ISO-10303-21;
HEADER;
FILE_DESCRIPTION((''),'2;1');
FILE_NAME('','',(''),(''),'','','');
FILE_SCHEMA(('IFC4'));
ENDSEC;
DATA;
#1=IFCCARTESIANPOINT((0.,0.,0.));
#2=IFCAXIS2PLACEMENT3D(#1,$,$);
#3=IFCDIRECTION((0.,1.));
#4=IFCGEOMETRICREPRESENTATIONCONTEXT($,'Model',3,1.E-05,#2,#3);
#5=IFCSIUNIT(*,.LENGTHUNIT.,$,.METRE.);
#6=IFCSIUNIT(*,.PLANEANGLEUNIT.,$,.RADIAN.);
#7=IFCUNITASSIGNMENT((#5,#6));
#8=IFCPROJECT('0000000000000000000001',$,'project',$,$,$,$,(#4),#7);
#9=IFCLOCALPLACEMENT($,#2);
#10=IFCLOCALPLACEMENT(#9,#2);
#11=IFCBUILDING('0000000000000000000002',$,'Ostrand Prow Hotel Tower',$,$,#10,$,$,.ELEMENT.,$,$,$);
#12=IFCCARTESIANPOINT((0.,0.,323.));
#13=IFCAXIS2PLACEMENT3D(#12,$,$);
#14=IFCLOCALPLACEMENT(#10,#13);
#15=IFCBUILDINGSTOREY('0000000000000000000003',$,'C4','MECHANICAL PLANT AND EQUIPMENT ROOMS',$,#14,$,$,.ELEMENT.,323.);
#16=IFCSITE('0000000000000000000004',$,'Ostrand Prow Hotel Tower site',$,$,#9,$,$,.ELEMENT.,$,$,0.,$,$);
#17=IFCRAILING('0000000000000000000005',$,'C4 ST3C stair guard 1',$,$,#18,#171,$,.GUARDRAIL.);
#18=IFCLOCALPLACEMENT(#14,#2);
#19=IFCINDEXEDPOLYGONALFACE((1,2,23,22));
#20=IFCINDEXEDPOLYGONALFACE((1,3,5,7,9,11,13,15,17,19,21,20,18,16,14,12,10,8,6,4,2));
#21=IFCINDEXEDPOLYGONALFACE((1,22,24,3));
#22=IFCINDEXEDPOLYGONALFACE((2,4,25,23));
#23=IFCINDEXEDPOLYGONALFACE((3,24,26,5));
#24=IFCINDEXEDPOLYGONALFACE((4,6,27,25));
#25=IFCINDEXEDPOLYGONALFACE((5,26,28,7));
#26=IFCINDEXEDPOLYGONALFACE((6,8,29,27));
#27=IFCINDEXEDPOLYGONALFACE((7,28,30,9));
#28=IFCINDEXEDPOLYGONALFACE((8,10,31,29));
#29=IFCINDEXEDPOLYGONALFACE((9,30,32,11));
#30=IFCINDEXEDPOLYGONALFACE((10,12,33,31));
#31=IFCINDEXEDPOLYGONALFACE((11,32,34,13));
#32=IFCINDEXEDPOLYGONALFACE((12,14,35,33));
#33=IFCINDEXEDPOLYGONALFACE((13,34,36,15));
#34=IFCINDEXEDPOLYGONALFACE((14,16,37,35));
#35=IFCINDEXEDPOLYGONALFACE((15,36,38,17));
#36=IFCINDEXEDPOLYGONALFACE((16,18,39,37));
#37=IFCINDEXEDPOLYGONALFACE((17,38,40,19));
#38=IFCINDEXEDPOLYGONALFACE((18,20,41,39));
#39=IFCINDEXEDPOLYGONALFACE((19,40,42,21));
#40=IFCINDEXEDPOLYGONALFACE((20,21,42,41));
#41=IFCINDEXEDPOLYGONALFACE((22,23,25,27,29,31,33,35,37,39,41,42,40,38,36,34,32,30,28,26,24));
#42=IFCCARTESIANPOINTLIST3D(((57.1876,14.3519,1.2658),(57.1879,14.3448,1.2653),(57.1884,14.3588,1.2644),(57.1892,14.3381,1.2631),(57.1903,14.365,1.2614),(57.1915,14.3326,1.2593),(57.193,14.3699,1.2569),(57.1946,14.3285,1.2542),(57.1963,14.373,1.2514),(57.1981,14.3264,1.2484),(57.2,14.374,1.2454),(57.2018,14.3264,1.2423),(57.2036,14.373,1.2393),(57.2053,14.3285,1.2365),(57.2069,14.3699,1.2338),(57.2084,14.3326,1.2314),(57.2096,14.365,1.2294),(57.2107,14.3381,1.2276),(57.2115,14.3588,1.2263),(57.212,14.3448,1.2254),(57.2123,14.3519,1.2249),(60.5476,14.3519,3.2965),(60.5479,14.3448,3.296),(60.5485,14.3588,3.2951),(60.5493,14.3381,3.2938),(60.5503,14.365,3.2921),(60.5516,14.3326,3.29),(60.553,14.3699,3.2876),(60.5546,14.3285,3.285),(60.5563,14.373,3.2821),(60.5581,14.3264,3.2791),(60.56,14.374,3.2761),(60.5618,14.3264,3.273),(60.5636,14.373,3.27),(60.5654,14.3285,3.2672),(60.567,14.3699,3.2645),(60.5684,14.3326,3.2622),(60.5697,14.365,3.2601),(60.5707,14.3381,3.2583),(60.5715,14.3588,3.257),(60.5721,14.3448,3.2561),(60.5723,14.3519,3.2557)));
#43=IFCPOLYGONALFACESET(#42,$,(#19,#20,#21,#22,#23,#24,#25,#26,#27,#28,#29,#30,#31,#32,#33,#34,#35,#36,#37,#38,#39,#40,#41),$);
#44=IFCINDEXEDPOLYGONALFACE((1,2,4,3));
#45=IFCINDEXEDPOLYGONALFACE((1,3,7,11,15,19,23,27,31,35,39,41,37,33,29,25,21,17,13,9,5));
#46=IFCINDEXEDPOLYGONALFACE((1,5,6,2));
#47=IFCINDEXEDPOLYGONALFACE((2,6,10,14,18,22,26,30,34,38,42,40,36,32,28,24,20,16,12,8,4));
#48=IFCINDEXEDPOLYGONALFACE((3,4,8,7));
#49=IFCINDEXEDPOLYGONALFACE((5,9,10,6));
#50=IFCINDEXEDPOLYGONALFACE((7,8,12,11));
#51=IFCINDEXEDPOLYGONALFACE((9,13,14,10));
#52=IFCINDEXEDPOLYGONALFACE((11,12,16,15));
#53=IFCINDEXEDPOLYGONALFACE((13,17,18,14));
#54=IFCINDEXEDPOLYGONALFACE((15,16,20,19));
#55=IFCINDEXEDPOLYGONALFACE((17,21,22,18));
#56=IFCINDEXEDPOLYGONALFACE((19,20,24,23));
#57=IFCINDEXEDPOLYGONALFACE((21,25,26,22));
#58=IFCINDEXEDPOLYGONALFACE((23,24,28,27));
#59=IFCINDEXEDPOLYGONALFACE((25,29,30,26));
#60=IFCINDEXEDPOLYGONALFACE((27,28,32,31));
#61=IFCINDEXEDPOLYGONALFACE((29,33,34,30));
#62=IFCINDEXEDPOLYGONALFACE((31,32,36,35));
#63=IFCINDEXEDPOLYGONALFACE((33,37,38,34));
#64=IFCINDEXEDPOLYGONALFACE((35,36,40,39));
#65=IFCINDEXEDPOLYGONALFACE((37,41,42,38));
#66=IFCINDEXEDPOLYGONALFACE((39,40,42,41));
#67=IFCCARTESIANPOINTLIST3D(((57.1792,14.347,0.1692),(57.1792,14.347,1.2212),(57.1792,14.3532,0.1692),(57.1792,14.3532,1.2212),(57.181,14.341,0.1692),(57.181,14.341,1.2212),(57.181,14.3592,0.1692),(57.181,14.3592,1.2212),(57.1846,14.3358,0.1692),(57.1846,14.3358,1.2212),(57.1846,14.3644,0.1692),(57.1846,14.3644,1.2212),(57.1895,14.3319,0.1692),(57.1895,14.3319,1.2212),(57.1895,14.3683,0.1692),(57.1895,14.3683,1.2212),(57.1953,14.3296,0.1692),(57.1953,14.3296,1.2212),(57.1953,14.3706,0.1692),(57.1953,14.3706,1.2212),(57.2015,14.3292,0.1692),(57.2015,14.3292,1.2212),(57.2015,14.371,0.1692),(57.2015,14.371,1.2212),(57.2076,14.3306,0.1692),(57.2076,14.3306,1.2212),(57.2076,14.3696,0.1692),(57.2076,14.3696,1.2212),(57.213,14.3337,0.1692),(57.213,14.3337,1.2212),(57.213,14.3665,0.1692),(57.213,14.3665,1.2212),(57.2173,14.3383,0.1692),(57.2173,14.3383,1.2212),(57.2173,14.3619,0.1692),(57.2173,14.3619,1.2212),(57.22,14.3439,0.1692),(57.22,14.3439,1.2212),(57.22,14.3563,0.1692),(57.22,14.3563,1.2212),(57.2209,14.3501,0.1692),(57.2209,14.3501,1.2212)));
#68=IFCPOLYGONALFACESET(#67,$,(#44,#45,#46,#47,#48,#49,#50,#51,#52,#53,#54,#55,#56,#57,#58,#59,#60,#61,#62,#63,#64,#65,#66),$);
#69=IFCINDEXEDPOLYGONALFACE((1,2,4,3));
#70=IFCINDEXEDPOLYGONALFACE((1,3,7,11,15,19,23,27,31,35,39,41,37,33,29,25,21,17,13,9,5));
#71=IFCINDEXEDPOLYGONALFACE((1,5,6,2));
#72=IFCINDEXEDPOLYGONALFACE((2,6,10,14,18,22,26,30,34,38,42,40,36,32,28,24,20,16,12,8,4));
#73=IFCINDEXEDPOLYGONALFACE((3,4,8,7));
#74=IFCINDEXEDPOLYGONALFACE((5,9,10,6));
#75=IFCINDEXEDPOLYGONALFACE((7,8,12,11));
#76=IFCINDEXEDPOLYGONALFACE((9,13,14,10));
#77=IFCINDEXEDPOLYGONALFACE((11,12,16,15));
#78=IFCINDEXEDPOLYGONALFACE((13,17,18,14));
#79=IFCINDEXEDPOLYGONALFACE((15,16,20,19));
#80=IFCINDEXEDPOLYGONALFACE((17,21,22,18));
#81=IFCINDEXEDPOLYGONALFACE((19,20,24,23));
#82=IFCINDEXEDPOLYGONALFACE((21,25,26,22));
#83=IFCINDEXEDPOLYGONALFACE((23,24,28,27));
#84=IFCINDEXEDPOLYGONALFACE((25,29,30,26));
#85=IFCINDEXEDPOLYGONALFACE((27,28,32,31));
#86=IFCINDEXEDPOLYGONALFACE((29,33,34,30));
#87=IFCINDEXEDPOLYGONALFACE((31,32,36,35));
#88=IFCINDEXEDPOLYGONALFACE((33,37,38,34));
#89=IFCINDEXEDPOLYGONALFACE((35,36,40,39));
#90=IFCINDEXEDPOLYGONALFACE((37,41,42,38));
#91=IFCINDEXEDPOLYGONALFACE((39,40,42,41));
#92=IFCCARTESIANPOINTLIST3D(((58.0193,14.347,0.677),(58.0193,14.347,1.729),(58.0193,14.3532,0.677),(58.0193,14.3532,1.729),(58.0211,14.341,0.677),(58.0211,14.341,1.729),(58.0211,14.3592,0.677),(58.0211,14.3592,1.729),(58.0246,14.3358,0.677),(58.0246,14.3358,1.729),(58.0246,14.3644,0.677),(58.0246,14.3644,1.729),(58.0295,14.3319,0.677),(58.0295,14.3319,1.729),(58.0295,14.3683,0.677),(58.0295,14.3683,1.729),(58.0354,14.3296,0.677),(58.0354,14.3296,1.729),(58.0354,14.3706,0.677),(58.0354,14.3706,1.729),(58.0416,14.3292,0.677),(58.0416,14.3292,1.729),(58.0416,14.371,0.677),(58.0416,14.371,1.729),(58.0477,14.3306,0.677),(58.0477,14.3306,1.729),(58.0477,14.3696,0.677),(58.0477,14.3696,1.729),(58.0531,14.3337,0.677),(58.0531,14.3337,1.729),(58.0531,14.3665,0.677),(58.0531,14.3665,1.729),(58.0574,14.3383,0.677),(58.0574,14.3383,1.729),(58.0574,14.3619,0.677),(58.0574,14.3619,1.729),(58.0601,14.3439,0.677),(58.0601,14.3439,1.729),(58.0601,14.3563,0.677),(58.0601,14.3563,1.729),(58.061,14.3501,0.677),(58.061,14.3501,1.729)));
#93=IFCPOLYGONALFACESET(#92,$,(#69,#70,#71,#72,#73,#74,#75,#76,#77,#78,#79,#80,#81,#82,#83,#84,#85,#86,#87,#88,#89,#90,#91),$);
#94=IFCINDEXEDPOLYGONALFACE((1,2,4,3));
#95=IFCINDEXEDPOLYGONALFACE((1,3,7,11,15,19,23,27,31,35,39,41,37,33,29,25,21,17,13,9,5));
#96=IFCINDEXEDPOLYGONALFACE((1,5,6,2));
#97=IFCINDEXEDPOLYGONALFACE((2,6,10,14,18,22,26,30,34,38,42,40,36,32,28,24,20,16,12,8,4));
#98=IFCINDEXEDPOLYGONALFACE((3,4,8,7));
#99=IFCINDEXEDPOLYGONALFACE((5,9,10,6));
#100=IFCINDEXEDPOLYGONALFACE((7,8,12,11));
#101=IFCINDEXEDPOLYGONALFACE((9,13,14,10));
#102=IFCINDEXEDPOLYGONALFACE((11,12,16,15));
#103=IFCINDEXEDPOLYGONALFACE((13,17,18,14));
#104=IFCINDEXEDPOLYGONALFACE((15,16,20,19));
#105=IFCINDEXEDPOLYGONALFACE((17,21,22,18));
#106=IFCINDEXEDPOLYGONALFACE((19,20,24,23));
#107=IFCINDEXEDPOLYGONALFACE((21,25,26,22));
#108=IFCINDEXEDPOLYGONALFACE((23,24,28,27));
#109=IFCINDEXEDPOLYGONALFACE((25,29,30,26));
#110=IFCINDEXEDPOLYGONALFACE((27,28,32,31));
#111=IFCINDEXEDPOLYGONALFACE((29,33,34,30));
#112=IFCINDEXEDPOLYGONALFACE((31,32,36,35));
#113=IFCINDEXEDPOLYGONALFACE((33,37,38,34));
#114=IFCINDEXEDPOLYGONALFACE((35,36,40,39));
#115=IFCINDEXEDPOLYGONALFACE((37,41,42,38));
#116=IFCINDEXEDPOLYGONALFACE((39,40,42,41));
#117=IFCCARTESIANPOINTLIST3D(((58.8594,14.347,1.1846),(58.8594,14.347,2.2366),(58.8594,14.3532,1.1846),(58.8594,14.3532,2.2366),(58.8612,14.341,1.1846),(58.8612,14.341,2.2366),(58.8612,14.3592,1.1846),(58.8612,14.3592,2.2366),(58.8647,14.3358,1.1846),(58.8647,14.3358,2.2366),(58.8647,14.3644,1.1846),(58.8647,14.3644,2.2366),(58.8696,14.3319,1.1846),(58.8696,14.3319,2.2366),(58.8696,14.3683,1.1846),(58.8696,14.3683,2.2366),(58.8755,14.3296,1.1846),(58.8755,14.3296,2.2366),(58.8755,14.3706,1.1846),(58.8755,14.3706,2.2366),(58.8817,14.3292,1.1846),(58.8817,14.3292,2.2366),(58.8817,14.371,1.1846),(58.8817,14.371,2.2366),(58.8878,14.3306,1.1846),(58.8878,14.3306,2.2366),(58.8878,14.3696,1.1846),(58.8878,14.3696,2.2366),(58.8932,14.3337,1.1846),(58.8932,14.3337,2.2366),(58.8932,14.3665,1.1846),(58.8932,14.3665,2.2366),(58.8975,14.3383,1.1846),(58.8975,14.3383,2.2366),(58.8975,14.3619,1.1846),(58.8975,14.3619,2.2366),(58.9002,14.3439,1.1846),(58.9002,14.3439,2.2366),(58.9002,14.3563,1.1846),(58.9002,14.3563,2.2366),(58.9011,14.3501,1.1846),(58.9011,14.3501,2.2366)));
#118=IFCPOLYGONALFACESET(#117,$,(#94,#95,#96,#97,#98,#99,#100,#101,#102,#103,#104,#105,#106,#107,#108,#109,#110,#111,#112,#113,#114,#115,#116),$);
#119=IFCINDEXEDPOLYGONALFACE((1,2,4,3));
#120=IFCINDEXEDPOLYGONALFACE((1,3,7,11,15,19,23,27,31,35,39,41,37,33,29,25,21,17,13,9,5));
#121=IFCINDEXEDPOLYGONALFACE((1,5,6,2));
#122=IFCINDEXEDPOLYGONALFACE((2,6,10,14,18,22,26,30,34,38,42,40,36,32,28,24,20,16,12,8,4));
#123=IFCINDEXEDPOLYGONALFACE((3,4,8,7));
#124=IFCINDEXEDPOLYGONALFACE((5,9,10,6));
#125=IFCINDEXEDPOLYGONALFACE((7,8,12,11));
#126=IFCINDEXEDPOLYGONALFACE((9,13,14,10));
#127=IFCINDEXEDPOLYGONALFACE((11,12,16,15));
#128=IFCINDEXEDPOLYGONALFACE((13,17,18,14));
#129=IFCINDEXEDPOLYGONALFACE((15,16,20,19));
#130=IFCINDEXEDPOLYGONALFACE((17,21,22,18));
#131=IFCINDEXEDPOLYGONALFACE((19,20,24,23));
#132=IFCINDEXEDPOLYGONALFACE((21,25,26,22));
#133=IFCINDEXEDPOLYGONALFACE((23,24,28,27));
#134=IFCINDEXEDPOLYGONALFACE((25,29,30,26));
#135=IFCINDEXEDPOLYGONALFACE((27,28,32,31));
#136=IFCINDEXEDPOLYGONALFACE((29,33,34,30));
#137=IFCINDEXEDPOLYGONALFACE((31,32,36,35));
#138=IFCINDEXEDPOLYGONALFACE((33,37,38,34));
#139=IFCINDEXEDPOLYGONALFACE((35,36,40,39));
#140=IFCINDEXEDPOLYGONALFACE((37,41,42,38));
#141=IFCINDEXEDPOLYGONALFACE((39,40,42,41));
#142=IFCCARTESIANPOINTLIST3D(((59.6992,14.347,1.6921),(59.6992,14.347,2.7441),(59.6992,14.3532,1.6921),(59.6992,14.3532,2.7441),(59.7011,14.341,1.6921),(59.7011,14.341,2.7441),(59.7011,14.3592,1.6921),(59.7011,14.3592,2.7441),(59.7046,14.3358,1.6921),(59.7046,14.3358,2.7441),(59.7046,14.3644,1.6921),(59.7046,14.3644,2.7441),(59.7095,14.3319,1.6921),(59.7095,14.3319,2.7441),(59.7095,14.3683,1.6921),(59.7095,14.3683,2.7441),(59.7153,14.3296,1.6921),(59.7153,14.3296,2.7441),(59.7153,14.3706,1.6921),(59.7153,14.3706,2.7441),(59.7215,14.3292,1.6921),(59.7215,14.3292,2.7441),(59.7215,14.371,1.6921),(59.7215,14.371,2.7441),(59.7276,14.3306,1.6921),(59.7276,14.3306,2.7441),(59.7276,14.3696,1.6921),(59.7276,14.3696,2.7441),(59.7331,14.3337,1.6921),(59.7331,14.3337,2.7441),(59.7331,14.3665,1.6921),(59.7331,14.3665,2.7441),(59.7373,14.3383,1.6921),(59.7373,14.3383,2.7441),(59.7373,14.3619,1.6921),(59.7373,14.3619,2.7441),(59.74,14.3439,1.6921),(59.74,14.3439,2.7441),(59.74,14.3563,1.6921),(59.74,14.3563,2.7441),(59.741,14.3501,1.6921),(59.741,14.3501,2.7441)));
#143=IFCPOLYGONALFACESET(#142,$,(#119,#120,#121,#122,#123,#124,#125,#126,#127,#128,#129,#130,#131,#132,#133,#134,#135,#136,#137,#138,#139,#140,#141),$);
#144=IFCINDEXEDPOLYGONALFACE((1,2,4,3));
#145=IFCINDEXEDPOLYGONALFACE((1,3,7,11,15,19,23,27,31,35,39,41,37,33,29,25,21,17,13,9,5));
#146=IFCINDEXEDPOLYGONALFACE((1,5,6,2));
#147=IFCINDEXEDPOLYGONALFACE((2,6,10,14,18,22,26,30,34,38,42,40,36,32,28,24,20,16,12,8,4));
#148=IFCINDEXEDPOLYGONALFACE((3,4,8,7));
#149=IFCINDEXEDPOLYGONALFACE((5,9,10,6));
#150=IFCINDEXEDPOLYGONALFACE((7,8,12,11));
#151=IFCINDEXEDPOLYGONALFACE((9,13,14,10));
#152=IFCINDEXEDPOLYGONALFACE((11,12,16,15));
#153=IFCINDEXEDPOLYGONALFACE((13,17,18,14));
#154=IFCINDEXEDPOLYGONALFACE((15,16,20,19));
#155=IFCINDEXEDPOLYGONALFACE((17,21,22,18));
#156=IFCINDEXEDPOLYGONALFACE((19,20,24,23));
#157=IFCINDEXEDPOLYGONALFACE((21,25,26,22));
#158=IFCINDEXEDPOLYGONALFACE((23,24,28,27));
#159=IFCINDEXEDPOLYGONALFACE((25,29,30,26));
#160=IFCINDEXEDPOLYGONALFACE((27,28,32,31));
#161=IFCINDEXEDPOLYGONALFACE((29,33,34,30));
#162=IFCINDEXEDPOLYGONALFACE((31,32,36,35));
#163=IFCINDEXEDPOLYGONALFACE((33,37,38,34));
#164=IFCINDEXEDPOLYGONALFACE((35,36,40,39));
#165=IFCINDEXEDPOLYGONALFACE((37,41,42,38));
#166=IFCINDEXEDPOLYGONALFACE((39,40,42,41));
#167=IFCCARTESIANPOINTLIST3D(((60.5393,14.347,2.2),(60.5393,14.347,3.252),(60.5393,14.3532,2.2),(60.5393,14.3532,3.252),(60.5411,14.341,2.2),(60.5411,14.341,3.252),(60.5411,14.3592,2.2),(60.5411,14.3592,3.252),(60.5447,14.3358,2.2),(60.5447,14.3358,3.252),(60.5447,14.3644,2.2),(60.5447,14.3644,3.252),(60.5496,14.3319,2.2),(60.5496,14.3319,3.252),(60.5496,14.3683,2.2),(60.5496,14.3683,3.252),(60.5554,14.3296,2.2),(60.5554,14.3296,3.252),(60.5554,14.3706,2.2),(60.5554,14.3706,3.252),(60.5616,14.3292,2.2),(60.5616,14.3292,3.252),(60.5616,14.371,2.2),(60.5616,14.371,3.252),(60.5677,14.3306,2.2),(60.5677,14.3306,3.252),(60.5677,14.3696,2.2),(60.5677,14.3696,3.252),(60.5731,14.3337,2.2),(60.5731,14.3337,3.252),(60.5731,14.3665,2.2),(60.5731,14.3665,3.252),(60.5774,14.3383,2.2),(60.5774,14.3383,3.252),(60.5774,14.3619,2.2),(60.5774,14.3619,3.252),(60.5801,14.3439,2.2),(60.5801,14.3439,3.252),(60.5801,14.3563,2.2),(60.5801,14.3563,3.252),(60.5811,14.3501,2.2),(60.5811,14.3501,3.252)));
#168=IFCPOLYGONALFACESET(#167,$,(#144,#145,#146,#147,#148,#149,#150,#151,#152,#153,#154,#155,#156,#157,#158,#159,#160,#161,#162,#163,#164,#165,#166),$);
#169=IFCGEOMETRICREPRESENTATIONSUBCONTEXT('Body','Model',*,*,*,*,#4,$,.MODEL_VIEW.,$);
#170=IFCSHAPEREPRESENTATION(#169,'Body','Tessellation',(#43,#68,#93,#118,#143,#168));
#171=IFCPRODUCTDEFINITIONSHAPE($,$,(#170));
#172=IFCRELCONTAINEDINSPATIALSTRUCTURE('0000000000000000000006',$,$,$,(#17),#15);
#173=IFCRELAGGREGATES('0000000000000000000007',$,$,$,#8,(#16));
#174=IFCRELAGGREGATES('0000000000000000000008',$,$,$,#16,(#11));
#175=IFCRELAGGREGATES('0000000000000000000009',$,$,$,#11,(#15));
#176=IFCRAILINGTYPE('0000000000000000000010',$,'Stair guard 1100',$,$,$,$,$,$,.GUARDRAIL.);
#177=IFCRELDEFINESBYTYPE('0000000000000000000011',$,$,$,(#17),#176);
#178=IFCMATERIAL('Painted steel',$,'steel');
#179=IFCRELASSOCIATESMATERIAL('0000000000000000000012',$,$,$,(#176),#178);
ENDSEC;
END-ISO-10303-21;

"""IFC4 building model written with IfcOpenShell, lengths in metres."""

from ifc_helpers import new_model, si_unit, direction, frame, origin, origin_2d, place, context, subcontext, project, spatial, circle, extrude, material, type_object, element, save


model = new_model("IFC4")

# Units and contexts
model_context = context("Model", 3, precision=1e-05, world=origin(), true_north=direction((0.0, 1.0)))
body_context = subcontext(model_context, "Body", "Model", "MODEL_VIEW")
ifc_project = project(units=[si_unit("LENGTHUNIT", "METRE"), si_unit("PLANEANGLEUNIT", "RADIAN")], contexts=[model_context])

# Site, building, storey
site_placement = place(None, origin())
site = spatial("IfcSite", under=ifc_project, at=site_placement, Name="Ostrand Prow Hotel Tower site", CompositionType="ELEMENT", RefElevation=0.0)
building_placement = place(site_placement, origin())
building = spatial("IfcBuilding", under=site, at=building_placement, Name="Ostrand Prow Hotel Tower", CompositionType="ELEMENT")
storey_placement = place(building_placement, frame((0.0, 0.0, 323.0)))
storey = spatial("IfcBuildingStorey", under=building, at=storey_placement, Name="C4", Description="MECHANICAL PLANT AND EQUIPMENT ROOMS", CompositionType="ELEMENT", Elevation=323.0)

# Railing
ifc_material_1 = material(Name="Painted steel", Category="steel")
railing_type_1 = type_object("IfcRailingType", Name="Stair guard 1100", PredefinedType="GUARDRAIL", material=ifc_material_1)
railing_1_placement = place(storey_placement, frame((57.2, 14.3501, 0.1692)))
element("IfcRailing", 1, at=railing_1_placement, inside=storey, type_object=railing_type_1, Name="C4 ST3C stair guard 1", PredefinedType="GUARDRAIL", context=body_context, shape_type="SweptSolid", body=[
    extrude(circle(Radius=0.0239, at=origin_2d()), frame((0.0, 0.0, 1.0762), z_axis=(0.855837, 0.0, 0.517246), x_axis=(0.0, 1.0, 0.0)), (0.0, 0.0, 1.0), 3.926),
    extrude(circle(Radius=0.021, at=origin_2d()), origin(), (0.0, 0.0, 1.0), 1.052),
    extrude(circle(Radius=0.021, at=origin_2d()), frame((0.8401, 0.0, 0.5078)), (0.0, 0.0, 1.0), 1.052),
    extrude(circle(Radius=0.021, at=origin_2d()), frame((1.6802, 0.0, 1.0154)), (0.0, 0.0, 1.0), 1.052),
    extrude(circle(Radius=0.021, at=origin_2d()), frame((2.52, 0.0, 1.5229)), (0.0, 0.0, 1.0), 1.052),
    extrude(circle(Radius=0.021, at=origin_2d()), frame((3.3601, 0.0, 2.0308)), (0.0, 0.0, 1.0), 1.052),
])

save(model, "model.ifc")
